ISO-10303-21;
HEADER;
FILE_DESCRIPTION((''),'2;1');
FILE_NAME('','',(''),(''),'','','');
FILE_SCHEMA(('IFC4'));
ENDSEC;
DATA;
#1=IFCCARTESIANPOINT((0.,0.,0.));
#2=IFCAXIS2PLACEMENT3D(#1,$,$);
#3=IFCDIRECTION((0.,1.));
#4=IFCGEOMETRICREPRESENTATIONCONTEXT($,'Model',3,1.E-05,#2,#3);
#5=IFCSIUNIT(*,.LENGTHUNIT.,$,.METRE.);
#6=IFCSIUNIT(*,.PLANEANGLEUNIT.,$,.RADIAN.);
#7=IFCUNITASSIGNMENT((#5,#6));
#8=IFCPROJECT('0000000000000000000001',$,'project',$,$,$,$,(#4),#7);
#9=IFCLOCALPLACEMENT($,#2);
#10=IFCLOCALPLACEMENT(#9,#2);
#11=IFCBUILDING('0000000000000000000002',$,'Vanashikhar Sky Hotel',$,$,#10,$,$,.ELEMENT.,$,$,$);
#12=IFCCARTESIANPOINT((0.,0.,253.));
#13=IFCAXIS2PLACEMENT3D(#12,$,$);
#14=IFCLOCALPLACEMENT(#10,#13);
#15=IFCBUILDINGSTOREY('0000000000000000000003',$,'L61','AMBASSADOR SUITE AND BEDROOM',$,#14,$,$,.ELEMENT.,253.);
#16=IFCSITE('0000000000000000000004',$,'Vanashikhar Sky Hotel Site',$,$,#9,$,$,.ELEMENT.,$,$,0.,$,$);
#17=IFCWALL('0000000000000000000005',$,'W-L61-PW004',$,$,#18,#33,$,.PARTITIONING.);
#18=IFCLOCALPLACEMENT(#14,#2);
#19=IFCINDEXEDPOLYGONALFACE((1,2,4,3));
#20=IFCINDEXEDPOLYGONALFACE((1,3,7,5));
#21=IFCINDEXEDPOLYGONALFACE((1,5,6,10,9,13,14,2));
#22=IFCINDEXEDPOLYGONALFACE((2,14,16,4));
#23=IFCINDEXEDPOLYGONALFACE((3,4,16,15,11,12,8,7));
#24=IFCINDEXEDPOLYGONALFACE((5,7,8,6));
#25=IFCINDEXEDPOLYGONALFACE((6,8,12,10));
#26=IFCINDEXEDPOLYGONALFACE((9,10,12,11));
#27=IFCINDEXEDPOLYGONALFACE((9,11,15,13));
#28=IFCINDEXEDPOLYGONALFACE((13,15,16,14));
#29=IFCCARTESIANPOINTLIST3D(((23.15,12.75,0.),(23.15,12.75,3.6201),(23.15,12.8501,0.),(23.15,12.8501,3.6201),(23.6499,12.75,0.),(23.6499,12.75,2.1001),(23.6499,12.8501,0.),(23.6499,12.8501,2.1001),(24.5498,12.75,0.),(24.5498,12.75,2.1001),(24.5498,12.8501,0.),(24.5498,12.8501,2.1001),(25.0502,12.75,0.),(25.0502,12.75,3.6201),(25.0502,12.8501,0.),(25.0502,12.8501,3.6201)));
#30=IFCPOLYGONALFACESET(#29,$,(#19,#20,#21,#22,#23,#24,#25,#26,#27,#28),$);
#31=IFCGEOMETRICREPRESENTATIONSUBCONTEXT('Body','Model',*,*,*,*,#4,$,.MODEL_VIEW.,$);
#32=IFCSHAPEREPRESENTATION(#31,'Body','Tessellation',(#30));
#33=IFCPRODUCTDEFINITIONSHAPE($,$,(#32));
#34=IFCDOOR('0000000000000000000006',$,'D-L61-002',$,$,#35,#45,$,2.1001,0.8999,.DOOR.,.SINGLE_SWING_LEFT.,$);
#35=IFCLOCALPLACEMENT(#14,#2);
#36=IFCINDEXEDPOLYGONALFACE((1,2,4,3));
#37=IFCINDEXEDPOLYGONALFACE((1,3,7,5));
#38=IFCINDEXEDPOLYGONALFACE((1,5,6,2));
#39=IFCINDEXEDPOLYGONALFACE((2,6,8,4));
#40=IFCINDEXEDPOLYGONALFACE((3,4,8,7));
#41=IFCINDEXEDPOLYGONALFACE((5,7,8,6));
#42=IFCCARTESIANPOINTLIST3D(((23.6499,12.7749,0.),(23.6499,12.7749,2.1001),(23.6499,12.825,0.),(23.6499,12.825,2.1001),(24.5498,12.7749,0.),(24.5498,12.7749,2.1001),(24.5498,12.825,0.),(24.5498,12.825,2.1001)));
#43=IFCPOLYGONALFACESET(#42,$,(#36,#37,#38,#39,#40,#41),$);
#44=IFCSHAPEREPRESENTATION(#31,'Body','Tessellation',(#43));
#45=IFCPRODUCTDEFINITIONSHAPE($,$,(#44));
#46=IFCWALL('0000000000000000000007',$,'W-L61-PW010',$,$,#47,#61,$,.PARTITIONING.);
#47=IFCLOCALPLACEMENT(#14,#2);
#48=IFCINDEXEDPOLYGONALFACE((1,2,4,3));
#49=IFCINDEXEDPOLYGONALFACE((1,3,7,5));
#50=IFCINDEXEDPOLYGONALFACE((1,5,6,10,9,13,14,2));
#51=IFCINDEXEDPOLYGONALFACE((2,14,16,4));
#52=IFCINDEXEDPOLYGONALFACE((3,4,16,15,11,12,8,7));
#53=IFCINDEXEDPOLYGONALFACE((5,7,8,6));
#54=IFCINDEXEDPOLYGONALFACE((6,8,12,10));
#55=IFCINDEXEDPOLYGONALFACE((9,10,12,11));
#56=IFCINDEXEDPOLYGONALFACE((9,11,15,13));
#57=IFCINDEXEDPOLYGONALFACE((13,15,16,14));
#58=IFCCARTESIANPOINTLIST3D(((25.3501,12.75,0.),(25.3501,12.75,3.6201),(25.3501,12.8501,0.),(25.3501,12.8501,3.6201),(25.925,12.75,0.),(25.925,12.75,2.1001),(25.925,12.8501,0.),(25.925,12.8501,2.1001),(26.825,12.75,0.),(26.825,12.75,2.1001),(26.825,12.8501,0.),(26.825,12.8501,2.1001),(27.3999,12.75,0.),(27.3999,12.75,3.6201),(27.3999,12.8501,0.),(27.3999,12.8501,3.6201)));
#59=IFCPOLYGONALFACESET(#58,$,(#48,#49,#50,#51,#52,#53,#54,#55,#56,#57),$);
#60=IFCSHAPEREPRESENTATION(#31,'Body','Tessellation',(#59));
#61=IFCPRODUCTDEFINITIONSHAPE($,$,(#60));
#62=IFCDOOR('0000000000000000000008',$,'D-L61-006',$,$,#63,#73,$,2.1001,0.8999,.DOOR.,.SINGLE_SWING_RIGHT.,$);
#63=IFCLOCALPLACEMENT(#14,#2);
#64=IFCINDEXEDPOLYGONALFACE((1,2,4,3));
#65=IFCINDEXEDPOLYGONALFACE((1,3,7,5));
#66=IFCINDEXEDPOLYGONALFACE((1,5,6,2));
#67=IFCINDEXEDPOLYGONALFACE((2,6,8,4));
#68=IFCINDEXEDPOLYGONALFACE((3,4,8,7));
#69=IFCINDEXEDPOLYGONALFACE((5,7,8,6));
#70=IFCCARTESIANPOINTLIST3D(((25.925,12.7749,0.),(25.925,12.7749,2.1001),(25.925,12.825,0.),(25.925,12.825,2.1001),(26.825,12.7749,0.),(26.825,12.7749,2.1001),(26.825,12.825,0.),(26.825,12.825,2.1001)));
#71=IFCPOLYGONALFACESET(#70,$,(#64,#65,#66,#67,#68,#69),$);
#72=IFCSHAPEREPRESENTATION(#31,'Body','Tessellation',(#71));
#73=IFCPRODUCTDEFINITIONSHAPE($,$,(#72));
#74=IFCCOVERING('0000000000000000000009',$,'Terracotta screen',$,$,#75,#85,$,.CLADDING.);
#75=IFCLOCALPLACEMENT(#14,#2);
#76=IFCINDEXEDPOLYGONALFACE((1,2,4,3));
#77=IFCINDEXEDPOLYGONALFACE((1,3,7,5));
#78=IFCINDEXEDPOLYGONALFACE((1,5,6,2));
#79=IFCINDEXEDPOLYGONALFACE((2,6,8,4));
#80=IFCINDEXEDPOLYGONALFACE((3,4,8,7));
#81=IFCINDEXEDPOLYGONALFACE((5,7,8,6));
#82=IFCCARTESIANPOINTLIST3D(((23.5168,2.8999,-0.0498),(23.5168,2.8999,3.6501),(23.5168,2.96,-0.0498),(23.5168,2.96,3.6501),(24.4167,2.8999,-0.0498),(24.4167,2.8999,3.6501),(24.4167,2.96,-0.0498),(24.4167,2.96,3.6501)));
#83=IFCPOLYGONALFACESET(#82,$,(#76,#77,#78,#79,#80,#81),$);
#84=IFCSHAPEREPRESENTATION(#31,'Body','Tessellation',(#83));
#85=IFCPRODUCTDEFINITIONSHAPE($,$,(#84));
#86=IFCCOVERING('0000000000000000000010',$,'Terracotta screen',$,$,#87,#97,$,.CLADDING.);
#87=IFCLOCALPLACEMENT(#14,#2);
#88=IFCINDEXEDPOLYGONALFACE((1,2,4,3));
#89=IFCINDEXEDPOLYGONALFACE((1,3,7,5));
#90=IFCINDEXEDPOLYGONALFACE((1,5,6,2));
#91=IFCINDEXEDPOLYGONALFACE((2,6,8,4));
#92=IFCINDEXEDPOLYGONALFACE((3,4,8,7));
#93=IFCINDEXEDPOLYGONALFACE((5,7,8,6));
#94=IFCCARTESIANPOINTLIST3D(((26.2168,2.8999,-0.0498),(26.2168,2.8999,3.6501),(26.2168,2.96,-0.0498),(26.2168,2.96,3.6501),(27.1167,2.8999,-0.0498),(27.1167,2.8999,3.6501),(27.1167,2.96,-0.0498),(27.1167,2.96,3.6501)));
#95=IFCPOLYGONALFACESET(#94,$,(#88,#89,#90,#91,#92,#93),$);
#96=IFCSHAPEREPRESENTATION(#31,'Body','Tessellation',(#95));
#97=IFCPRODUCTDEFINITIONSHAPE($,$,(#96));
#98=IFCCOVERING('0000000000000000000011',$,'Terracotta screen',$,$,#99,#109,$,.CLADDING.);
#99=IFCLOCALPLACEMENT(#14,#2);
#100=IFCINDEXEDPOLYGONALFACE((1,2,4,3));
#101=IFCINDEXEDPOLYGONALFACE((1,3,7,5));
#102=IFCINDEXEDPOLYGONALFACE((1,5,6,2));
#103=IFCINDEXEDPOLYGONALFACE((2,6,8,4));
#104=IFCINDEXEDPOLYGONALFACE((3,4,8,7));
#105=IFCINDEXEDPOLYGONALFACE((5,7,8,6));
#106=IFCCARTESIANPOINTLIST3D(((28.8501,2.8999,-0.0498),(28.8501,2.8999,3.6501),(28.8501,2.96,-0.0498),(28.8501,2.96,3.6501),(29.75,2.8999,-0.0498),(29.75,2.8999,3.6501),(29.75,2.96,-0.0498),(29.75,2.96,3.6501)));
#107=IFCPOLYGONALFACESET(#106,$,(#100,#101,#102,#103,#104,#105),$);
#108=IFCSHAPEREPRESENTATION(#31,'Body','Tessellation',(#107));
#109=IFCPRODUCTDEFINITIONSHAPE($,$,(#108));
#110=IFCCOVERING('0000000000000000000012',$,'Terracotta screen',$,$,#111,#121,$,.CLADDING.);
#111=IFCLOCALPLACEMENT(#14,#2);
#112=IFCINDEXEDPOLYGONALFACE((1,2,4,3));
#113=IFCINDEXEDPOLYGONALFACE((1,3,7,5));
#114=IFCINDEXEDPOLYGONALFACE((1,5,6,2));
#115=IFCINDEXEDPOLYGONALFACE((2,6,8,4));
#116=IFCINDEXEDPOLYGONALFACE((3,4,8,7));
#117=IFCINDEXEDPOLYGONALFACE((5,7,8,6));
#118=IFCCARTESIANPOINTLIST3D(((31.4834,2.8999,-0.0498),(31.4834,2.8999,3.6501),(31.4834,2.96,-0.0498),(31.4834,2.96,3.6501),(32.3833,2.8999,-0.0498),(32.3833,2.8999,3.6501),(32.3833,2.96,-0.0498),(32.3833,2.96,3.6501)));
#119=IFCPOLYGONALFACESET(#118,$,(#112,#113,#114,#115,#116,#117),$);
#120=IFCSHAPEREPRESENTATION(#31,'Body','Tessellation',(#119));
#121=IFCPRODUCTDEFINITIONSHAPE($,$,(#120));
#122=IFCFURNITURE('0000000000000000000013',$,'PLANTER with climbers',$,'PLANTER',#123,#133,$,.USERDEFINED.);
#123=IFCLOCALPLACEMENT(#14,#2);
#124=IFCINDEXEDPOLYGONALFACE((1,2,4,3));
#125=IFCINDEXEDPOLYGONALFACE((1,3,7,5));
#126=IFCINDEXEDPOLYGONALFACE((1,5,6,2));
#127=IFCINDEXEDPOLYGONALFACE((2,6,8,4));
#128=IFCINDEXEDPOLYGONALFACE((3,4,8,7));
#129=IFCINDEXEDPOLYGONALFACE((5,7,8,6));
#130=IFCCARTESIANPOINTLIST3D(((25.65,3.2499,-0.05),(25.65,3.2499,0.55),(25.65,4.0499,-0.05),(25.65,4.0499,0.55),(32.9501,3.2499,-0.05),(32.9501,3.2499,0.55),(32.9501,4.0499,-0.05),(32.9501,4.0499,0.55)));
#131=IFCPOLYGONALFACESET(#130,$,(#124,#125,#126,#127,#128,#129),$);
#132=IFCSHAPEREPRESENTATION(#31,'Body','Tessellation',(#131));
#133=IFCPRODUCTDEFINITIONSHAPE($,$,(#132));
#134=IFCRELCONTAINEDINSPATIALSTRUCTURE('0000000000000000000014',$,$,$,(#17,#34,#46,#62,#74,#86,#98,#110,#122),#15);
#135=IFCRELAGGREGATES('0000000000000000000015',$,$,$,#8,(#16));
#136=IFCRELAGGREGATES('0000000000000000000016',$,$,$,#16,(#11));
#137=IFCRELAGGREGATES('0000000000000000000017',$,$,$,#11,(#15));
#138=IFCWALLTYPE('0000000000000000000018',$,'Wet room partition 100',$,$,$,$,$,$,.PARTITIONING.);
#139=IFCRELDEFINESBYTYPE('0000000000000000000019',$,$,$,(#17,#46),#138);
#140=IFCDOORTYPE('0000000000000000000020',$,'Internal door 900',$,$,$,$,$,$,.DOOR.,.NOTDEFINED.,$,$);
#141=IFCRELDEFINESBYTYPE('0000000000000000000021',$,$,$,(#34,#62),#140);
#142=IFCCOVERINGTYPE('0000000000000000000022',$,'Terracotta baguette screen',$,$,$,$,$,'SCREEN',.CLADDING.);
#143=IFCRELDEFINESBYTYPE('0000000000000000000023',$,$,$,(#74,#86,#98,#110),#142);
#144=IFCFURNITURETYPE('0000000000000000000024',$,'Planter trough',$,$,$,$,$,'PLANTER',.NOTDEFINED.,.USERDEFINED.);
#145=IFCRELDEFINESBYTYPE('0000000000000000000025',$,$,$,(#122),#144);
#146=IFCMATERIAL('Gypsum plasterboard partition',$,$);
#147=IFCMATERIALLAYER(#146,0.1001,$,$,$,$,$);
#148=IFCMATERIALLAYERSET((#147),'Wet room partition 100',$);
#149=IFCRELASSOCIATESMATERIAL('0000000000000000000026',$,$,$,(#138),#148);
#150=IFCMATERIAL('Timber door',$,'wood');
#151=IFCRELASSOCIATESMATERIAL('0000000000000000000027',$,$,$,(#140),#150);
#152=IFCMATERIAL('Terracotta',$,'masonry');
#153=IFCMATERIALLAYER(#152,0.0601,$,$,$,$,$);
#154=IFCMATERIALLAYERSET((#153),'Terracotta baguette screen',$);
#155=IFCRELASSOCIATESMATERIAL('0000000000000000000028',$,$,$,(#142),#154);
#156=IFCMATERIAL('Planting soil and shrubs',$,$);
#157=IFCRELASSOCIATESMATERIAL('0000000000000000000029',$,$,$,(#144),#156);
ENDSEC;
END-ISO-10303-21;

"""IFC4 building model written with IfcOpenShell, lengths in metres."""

from ifc_helpers import new_model, si_unit, direction, frame, frame_2d, origin, origin_2d, place, context, subcontext, project, spatial, rectangle, extrude, source, transform, mapped, material, layer, layer_set, type_object, element, fill, save


model = new_model("IFC4")

# Units and contexts
model_context = context("Model", 3, precision=1e-05, world=origin(), true_north=direction((0.0, 1.0)))
body_context = subcontext(model_context, "Body", "Model", "MODEL_VIEW")
ifc_project = project(units=[si_unit("LENGTHUNIT", "METRE"), si_unit("PLANEANGLEUNIT", "RADIAN")], contexts=[model_context])

# Site, building, storey
site_placement = place(None, origin())
site = spatial("IfcSite", under=ifc_project, at=site_placement, Name="Vanashikhar Sky Hotel Site", CompositionType="ELEMENT", RefElevation=0.0)
building_placement = place(site_placement, origin())
building = spatial("IfcBuilding", under=site, at=building_placement, Name="Vanashikhar Sky Hotel", CompositionType="ELEMENT")
storey_placement = place(building_placement, frame((0.0, 0.0, 253.0)))
storey = spatial("IfcBuildingStorey", under=building, at=storey_placement, Name="L61", Description="AMBASSADOR SUITE AND BEDROOM", CompositionType="ELEMENT", Elevation=253.0)

# Shared definitions
ifc_material_1 = material(Name="Gypsum plasterboard partition")
ifc_layer_1 = layer(ifc_material_1, 0.1001)
ifc_layer_set_1 = layer_set([ifc_layer_1], Name="Wet room partition 100")
wall_type_1 = type_object("IfcWallType", Name="Wet room partition 100", PredefinedType="PARTITIONING", material=ifc_layer_set_1)
shared_shape_1 = source(origin(), body_context, "Body", "SweptSolid", [
    extrude(rectangle(XDim=0.8999, YDim=2.1001, at=frame_2d((0.45, 1.05))), frame((0.0, 0.0601, 0.0), z_axis=(0.0, -1.0, 0.0), x_axis=(1.0, 0.0, 0.0)), (0.0, 0.0, 1.0), 0.1201),
])
ifc_material_2 = material(Name="Timber door", Category="wood")
door_type_1 = type_object("IfcDoorType", Name="Internal door 900", OperationType="NOTDEFINED", PredefinedType="DOOR", material=ifc_material_2)
shared_shape_2 = source(origin(), body_context, "Body", "SweptSolid", [
    extrude(rectangle(XDim=0.8999, YDim=2.1001, at=frame_2d((0.45, 1.05))), frame((0.0, 0.0249, 0.0), z_axis=(0.0, -1.0, 0.0), x_axis=(1.0, 0.0, 0.0)), (0.0, 0.0, 1.0), 0.05),
])

# Walls, openings, doors
shared_shape_3 = source(origin(), body_context, "Body", "SweptSolid", [
    extrude(rectangle(XDim=1.9001, YDim=0.1001, at=frame_2d((0.9502, 0.0))), origin(), (0.0, 0.0, 1.0), 3.6201),
])
wall_1_placement = place(storey_placement, frame((23.1499, 12.8, 0.0), z_axis=(0.0, 0.0, 1.0), x_axis=(1.0, 0.0, 0.0)))
wall_1 = element("IfcWall", 1, at=wall_1_placement, inside=storey, type_object=wall_type_1, Name="W-L61-PW004", PredefinedType="PARTITIONING", context=body_context, shape_type="MappedRepresentation", body=[
    mapped(shared_shape_3, transform((0.0, 0.0, 0.0), scale=1.0)),
])
opening_1_placement = place(wall_1_placement, frame((0.5, 0.0, 0.0)))
opening_1 = element("IfcOpeningElement", 2, at=opening_1_placement, cuts=wall_1, PredefinedType="OPENING", context=body_context, shape_type="MappedRepresentation", body=[
    mapped(shared_shape_1, transform((0.0, 0.0, 0.0), scale=1.0)),
])
door_1_placement = place(opening_1_placement, origin())
door_1 = element("IfcDoor", 3, at=door_1_placement, inside=storey, type_object=door_type_1, Name="D-L61-002", OperationType="SINGLE_SWING_LEFT", OverallHeight=2.1001, OverallWidth=0.8999, PredefinedType="DOOR", context=body_context, shape_type="MappedRepresentation", body=[
    mapped(shared_shape_2, transform((0.0, 0.0, 0.0), scale=1.0)),
])
fill(opening_1, door_1)
shared_shape_4 = source(origin(), body_context, "Body", "SweptSolid", [
    extrude(rectangle(XDim=2.0498, YDim=0.1001, at=frame_2d((1.0249, 0.0))), origin(), (0.0, 0.0, 1.0), 3.6201),
])
wall_2_placement = place(storey_placement, frame((25.3501, 12.8, 0.0), z_axis=(0.0, 0.0, 1.0), x_axis=(1.0, 0.0, 0.0)))
wall_2 = element("IfcWall", 4, at=wall_2_placement, inside=storey, type_object=wall_type_1, Name="W-L61-PW010", PredefinedType="PARTITIONING", context=body_context, shape_type="MappedRepresentation", body=[
    mapped(shared_shape_4, transform((0.0, 0.0, 0.0), scale=1.0)),
])
opening_2_placement = place(wall_2_placement, frame((0.575, 0.0, 0.0)))
opening_2 = element("IfcOpeningElement", 5, at=opening_2_placement, cuts=wall_2, PredefinedType="OPENING", context=body_context, shape_type="MappedRepresentation", body=[
    mapped(shared_shape_1, transform((0.0, 0.0, 0.0), scale=1.0)),
])
door_2_placement = place(opening_2_placement, origin())
door_2 = element("IfcDoor", 6, at=door_2_placement, inside=storey, type_object=door_type_1, Name="D-L61-006", OperationType="SINGLE_SWING_RIGHT", OverallHeight=2.1001, OverallWidth=0.8999, PredefinedType="DOOR", context=body_context, shape_type="MappedRepresentation", body=[
    mapped(shared_shape_2, transform((0.0, 0.0, 0.0), scale=1.0)),
])
fill(opening_2, door_2)

# Coverings
ifc_material_3 = material(Name="Terracotta", Category="masonry")
ifc_layer_2 = layer(ifc_material_3, 0.0601)
ifc_layer_set_2 = layer_set([ifc_layer_2], Name="Terracotta baguette screen")
covering_type = type_object("IfcCoveringType", Name="Terracotta baguette screen", ElementType="SCREEN", PredefinedType="CLADDING", material=ifc_layer_set_2)
shared_shape_5 = source(origin(), body_context, "Body", "SweptSolid", [
    extrude(rectangle(XDim=0.8999, YDim=0.0601, at=origin_2d()), origin(), (0.0, 0.0, 1.0), 3.7),
])
for number, where, z_axis, x_axis, name in (
    (7, (23.9668, 2.9299, -0.0498), (0.0, 0.0, 1.0), (1.0, 0.0, 0.0), "Terracotta screen"),
    (8, (26.6667, 2.9299, -0.0498), (0.0, 0.0, 1.0), (1.0, 0.0, 0.0), "Terracotta screen"),
    (9, (29.3, 2.9299, -0.0498), (0.0, 0.0, 1.0), (1.0, 0.0, 0.0), "Terracotta screen"),
    (10, (31.9333, 2.9299, -0.0498), (0.0, 0.0, 1.0), (1.0, 0.0, 0.0), "Terracotta screen"),
):
    element("IfcCovering", number, at=place(storey_placement, frame(where, z_axis=z_axis, x_axis=x_axis)), inside=storey, type_object=covering_type, Name=name, PredefinedType="CLADDING", context=body_context, shape_type="MappedRepresentation", body=[
        mapped(shared_shape_5, transform((0.0, 0.0, 0.0), scale=1.0)),
    ])

# Furniture
ifc_material_4 = material(Name="Planting soil and shrubs")
furniture_type = type_object("IfcFurnitureType", Name="Planter trough", ElementType="PLANTER", AssemblyPlace="NOTDEFINED", PredefinedType="USERDEFINED", material=ifc_material_4)
shared_shape_6 = source(origin(), body_context, "Body", "SweptSolid", [
    extrude(rectangle(XDim=7.3, YDim=0.8, at=origin_2d()), origin(), (0.0, 0.0, 1.0), 0.6001),
])
furniture_placement = place(storey_placement, frame((29.3, 3.6499, -0.05), z_axis=(0.0, 0.0, 1.0), x_axis=(1.0, 0.0, 0.0)))
element("IfcFurniture", 11, at=furniture_placement, inside=storey, type_object=furniture_type, Name="PLANTER with climbers", ObjectType="PLANTER", PredefinedType="USERDEFINED", context=body_context, shape_type="MappedRepresentation", body=[
    mapped(shared_shape_6, transform((0.0, 0.0, 0.0), scale=1.0)),
])

save(model, "model.ifc")
